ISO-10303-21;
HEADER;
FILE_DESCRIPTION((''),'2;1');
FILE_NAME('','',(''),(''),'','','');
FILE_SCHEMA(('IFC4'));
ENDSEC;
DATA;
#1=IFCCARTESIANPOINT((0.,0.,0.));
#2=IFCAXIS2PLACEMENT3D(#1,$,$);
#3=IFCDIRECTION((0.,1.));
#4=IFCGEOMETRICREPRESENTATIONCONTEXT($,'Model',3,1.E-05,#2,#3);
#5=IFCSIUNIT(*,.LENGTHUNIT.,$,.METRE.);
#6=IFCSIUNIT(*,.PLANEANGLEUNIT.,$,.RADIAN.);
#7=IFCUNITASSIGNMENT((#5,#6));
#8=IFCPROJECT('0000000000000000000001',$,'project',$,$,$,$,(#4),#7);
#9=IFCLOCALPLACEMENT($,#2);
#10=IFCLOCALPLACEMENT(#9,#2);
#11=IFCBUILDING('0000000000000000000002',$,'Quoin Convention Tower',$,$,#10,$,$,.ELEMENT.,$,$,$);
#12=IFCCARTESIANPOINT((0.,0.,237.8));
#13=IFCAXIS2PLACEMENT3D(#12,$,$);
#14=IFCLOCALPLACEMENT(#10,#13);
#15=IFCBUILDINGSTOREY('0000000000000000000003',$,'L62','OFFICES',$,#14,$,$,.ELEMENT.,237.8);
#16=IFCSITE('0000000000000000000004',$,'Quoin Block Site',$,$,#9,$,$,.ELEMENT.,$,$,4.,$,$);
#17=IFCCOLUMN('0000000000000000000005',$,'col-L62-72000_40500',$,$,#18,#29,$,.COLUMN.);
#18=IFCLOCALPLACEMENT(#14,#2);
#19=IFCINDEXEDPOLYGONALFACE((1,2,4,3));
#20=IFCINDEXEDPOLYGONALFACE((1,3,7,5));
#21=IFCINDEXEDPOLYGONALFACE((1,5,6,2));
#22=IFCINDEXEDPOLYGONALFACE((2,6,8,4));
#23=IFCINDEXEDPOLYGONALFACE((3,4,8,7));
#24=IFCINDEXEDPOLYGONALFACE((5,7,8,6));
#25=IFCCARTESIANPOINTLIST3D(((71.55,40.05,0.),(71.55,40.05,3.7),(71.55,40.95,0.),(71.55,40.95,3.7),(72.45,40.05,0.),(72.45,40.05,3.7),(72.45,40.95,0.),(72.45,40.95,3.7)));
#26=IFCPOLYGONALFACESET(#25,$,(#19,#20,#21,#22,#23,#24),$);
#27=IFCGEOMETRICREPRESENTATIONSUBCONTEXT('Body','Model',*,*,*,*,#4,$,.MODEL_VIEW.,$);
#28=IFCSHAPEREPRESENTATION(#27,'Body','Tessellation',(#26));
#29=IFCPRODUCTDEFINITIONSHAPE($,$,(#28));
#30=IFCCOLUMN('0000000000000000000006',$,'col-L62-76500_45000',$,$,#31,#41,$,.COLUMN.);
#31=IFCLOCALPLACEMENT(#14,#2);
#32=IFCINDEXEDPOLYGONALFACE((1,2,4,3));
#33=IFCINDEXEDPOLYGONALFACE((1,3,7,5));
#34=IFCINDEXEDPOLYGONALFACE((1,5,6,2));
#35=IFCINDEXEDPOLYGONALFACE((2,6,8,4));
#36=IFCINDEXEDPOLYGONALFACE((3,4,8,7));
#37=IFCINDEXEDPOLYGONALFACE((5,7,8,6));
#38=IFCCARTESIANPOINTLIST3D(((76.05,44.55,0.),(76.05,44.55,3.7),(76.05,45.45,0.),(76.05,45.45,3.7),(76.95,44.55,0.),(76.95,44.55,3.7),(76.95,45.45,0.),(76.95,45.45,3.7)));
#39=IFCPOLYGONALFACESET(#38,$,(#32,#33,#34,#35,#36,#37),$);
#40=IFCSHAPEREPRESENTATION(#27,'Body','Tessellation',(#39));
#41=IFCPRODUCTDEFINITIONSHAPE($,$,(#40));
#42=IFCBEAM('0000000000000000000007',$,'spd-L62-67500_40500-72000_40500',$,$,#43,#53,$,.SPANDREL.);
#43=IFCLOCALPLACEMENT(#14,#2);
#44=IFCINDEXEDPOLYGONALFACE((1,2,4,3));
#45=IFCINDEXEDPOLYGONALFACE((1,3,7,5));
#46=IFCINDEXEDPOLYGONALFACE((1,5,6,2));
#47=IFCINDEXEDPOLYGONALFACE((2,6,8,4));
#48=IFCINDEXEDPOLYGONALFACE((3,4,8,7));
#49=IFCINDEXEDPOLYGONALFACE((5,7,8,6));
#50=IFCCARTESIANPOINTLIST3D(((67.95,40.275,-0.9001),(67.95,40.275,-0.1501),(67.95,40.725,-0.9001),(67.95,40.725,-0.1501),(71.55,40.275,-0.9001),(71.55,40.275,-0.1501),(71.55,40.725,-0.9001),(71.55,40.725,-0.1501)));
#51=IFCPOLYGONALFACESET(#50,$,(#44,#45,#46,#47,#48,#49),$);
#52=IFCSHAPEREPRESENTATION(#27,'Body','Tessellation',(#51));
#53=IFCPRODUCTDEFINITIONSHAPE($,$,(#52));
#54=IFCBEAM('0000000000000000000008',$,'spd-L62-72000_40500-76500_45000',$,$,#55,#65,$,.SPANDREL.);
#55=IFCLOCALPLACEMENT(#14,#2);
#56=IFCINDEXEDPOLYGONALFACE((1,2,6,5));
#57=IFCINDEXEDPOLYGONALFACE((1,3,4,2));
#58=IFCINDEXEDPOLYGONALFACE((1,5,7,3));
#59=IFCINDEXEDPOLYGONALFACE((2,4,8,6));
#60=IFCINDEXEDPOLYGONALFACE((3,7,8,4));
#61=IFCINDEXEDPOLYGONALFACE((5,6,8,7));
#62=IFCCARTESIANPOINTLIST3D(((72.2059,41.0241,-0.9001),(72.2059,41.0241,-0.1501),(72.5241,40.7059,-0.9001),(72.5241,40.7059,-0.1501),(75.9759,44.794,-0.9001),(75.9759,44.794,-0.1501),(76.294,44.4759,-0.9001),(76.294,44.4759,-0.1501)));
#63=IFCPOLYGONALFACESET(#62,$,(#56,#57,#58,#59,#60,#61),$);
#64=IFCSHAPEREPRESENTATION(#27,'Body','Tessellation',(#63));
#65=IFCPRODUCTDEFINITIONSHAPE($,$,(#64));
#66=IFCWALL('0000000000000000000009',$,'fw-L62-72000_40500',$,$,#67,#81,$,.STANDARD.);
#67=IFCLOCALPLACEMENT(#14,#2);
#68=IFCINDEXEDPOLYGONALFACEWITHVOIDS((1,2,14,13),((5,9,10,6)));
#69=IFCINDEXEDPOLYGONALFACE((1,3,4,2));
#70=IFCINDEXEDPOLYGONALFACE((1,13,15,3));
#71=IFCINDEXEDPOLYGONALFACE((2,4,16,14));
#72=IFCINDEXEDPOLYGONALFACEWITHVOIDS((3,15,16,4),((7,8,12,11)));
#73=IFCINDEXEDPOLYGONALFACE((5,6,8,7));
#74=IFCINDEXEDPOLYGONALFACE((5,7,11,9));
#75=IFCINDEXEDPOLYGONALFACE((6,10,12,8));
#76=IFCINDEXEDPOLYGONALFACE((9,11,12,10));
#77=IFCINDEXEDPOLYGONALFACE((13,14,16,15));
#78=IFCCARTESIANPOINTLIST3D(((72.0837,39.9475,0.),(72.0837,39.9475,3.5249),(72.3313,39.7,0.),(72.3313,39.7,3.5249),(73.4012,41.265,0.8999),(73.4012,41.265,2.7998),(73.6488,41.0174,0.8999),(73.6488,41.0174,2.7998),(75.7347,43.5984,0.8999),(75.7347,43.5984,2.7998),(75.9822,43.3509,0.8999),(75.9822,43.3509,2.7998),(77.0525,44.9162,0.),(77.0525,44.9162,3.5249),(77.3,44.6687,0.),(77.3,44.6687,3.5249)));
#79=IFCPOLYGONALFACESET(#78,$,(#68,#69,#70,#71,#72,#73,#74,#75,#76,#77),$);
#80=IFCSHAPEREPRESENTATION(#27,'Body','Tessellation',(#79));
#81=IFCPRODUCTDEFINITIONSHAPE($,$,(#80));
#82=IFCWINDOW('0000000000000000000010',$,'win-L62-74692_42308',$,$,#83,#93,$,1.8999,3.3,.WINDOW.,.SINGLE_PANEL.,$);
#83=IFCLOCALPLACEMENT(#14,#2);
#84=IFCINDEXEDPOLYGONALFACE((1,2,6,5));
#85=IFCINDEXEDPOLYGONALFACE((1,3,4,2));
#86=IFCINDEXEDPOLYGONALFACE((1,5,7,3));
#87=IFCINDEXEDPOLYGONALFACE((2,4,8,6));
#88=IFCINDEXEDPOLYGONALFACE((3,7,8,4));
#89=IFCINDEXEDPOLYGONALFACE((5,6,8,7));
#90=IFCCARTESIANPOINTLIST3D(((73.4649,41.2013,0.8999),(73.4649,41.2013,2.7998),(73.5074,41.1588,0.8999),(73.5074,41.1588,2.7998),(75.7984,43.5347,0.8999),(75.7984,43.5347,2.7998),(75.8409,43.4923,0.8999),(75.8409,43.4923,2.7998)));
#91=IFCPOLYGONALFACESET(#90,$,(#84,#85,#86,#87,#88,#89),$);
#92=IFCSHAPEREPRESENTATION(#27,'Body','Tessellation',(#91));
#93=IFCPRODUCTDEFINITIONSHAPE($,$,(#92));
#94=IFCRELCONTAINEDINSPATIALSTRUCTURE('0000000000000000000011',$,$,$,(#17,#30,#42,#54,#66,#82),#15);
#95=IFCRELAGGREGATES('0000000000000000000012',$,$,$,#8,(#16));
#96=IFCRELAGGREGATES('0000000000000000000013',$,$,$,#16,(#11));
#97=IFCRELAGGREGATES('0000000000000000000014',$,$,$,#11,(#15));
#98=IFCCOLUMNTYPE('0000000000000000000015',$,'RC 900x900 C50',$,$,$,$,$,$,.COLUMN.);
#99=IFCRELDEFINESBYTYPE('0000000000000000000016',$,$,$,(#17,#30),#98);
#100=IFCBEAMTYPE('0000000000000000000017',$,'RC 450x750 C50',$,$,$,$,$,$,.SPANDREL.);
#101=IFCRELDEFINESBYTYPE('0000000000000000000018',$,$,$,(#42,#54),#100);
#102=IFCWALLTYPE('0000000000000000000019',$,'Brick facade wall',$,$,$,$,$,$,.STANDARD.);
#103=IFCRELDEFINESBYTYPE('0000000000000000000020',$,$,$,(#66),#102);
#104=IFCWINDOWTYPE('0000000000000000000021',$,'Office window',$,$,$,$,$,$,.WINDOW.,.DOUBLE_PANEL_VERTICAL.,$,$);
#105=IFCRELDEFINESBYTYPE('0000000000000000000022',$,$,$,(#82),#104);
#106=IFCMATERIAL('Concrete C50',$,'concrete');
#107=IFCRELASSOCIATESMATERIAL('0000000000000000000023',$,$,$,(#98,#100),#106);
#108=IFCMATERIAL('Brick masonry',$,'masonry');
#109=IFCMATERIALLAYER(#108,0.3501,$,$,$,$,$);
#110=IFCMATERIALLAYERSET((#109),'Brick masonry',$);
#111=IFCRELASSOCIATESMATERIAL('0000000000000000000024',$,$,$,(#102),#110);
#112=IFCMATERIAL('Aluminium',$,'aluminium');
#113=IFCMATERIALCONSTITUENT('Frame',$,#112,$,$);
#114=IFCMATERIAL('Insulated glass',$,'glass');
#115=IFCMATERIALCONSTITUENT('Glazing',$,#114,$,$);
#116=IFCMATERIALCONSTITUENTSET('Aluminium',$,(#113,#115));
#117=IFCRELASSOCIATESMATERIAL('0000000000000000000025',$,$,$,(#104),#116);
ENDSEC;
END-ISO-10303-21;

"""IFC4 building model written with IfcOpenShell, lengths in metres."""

from ifc_helpers import new_model, si_unit, direction, frame, frame_2d, origin, origin_2d, place, context, subcontext, project, spatial, rectangle, extrude, material, layer, layer_set, constituent, constituent_set, material_profile, profile_set, type_object, element, fill, save


model = new_model("IFC4")

# Units and contexts
model_context = context("Model", 3, precision=1e-05, world=origin(), true_north=direction((0.0, 1.0)))
body_context = subcontext(model_context, "Body", "Model", "MODEL_VIEW")
ifc_project = project(units=[si_unit("LENGTHUNIT", "METRE"), si_unit("PLANEANGLEUNIT", "RADIAN")], contexts=[model_context])

# Site, building, storey
site_placement = place(None, origin())
site = spatial("IfcSite", under=ifc_project, at=site_placement, Name="Quoin Block Site", CompositionType="ELEMENT", RefElevation=4.0)
building_placement = place(site_placement, origin())
building = spatial("IfcBuilding", under=site, at=building_placement, Name="Quoin Convention Tower", CompositionType="ELEMENT")
storey_placement = place(building_placement, frame((0.0, 0.0, 237.8)))
storey = spatial("IfcBuildingStorey", under=building, at=storey_placement, Name="L62", Description="OFFICES", CompositionType="ELEMENT", Elevation=237.8)

# Columns
ifc_material_1 = material(Name="Concrete C50", Category="concrete")
ifc_material_profile_1 = material_profile(ifc_material_1, rectangle(XDim=0.8999, YDim=0.8999, at=origin_2d()), Name="RC 900x900")
ifc_profile_set_1 = profile_set([ifc_material_profile_1], Name="Concrete C50")
column_type = type_object("IfcColumnType", Name="RC 900x900 C50", PredefinedType="COLUMN", material=ifc_profile_set_1)
for number, where, z_axis, x_axis, name in (
    (1, (72.0, 40.5, 0.0), (0.0, 0.0, 1.0), (1.0, 0.0, 0.0), "col-L62-72000_40500"),
    (2, (76.5, 45.0, 0.0), (0.0, 0.0, 1.0), (1.0, 0.0, 0.0), "col-L62-76500_45000"),
):
    element("IfcColumn", number, at=place(storey_placement, frame(where, z_axis=z_axis, x_axis=x_axis)), inside=storey, type_object=column_type, Name=name, PredefinedType="COLUMN", context=body_context, shape_type="SweptSolid", body=[
        extrude(rectangle(XDim=0.8999, YDim=0.8999, at=origin_2d()), origin(), (0.0, 0.0, 1.0), 3.7),
    ])

# Beams
ifc_material_profile_2 = material_profile(ifc_material_1, rectangle(XDim=0.45, YDim=0.75, at=origin_2d()), Name="RC 450x750")
ifc_profile_set_2 = profile_set([ifc_material_profile_2], Name="Concrete C50")
beam_type = type_object("IfcBeamType", Name="RC 450x750 C50", PredefinedType="SPANDREL", material=ifc_profile_set_2)
beam_1_placement = place(storey_placement, frame((67.95, 40.5, -0.5251), z_axis=(1.0, 0.0, 0.0), x_axis=(0.0, 1.0, 0.0)))
element("IfcBeam", 3, at=beam_1_placement, inside=storey, type_object=beam_type, Name="spd-L62-67500_40500-72000_40500", PredefinedType="SPANDREL", context=body_context, shape_type="SweptSolid", body=[
    extrude(rectangle(XDim=0.45, YDim=0.75, at=origin_2d()), origin(), (0.0, 0.0, 1.0), 3.6001),
])
beam_2_placement = place(storey_placement, frame((72.365, 40.865, -0.5251), z_axis=(0.707107, 0.707107, 0.0), x_axis=(-0.707107, 0.707107, 0.0)))
element("IfcBeam", 4, at=beam_2_placement, inside=storey, type_object=beam_type, Name="spd-L62-72000_40500-76500_45000", PredefinedType="SPANDREL", context=body_context, shape_type="SweptSolid", body=[
    extrude(rectangle(XDim=0.45, YDim=0.75, at=origin_2d()), origin(), (0.0, 0.0, 1.0), 5.3315),
])

# Wall, opening, window
ifc_material_2 = material(Name="Brick masonry", Category="masonry")
ifc_layer_1 = layer(ifc_material_2, 0.3501)
ifc_layer_set_1 = layer_set([ifc_layer_1], Name="Brick masonry")
wall_type_1 = type_object("IfcWallType", Name="Brick facade wall", PredefinedType="STANDARD", material=ifc_layer_set_1)
wall_1_placement = place(storey_placement, frame((72.2075, 39.8237, 0.0), z_axis=(0.0, 0.0, 1.0), x_axis=(0.707107, 0.707107, 0.0)))
wall_1 = element("IfcWall", 5, at=wall_1_placement, inside=storey, type_object=wall_type_1, Name="fw-L62-72000_40500", PredefinedType="STANDARD", context=body_context, shape_type="SweptSolid", body=[
    extrude(rectangle(XDim=7.0269, YDim=0.3501, at=frame_2d((3.5134, 0.0))), origin(), (0.0, 0.0, 1.0), 3.5249),
])
opening_1_placement = place(wall_1_placement, frame((1.8633, 0.0, 0.8999)))
opening_1 = element("IfcOpeningElement", 6, at=opening_1_placement, cuts=wall_1, PredefinedType="OPENING", context=body_context, shape_type="SweptSolid", body=[
    extrude(rectangle(XDim=3.3, YDim=1.8999, at=frame_2d((1.6499, 0.95))), frame((0.0, 0.1851, 0.0), z_axis=(0.0, -1.0, 0.0), x_axis=(1.0, 0.0, 0.0)), (0.0, 0.0, 1.0), 0.3701),
])
ifc_material_3 = material(Name="Aluminium", Category="aluminium")
ifc_constituent_1 = constituent(ifc_material_3, Name="Frame")
ifc_material_4 = material(Name="Insulated glass", Category="glass")
ifc_constituent_2 = constituent(ifc_material_4, Name="Glazing")
ifc_constituent_set = constituent_set(constituents=[ifc_constituent_1, ifc_constituent_2], Name="Aluminium")
window_type = type_object("IfcWindowType", Name="Office window", PartitioningType="DOUBLE_PANEL_VERTICAL", PredefinedType="WINDOW", material=ifc_constituent_set)
window_1_placement = place(opening_1_placement, origin())
window_1 = element("IfcWindow", 7, at=window_1_placement, inside=storey, type_object=window_type, Name="win-L62-74692_42308", OverallHeight=1.8999, OverallWidth=3.3, PartitioningType="SINGLE_PANEL", PredefinedType="WINDOW", context=body_context, shape_type="SweptSolid", body=[
    extrude(rectangle(XDim=3.3, YDim=1.8999, at=frame_2d((1.6499, 0.95))), frame((0.0, 0.085, 0.0), z_axis=(0.0, -1.0, 0.0), x_axis=(1.0, 0.0, 0.0)), (0.0, 0.0, 1.0), 0.0601),
])
fill(opening_1, window_1)

save(model, "model.ifc")
